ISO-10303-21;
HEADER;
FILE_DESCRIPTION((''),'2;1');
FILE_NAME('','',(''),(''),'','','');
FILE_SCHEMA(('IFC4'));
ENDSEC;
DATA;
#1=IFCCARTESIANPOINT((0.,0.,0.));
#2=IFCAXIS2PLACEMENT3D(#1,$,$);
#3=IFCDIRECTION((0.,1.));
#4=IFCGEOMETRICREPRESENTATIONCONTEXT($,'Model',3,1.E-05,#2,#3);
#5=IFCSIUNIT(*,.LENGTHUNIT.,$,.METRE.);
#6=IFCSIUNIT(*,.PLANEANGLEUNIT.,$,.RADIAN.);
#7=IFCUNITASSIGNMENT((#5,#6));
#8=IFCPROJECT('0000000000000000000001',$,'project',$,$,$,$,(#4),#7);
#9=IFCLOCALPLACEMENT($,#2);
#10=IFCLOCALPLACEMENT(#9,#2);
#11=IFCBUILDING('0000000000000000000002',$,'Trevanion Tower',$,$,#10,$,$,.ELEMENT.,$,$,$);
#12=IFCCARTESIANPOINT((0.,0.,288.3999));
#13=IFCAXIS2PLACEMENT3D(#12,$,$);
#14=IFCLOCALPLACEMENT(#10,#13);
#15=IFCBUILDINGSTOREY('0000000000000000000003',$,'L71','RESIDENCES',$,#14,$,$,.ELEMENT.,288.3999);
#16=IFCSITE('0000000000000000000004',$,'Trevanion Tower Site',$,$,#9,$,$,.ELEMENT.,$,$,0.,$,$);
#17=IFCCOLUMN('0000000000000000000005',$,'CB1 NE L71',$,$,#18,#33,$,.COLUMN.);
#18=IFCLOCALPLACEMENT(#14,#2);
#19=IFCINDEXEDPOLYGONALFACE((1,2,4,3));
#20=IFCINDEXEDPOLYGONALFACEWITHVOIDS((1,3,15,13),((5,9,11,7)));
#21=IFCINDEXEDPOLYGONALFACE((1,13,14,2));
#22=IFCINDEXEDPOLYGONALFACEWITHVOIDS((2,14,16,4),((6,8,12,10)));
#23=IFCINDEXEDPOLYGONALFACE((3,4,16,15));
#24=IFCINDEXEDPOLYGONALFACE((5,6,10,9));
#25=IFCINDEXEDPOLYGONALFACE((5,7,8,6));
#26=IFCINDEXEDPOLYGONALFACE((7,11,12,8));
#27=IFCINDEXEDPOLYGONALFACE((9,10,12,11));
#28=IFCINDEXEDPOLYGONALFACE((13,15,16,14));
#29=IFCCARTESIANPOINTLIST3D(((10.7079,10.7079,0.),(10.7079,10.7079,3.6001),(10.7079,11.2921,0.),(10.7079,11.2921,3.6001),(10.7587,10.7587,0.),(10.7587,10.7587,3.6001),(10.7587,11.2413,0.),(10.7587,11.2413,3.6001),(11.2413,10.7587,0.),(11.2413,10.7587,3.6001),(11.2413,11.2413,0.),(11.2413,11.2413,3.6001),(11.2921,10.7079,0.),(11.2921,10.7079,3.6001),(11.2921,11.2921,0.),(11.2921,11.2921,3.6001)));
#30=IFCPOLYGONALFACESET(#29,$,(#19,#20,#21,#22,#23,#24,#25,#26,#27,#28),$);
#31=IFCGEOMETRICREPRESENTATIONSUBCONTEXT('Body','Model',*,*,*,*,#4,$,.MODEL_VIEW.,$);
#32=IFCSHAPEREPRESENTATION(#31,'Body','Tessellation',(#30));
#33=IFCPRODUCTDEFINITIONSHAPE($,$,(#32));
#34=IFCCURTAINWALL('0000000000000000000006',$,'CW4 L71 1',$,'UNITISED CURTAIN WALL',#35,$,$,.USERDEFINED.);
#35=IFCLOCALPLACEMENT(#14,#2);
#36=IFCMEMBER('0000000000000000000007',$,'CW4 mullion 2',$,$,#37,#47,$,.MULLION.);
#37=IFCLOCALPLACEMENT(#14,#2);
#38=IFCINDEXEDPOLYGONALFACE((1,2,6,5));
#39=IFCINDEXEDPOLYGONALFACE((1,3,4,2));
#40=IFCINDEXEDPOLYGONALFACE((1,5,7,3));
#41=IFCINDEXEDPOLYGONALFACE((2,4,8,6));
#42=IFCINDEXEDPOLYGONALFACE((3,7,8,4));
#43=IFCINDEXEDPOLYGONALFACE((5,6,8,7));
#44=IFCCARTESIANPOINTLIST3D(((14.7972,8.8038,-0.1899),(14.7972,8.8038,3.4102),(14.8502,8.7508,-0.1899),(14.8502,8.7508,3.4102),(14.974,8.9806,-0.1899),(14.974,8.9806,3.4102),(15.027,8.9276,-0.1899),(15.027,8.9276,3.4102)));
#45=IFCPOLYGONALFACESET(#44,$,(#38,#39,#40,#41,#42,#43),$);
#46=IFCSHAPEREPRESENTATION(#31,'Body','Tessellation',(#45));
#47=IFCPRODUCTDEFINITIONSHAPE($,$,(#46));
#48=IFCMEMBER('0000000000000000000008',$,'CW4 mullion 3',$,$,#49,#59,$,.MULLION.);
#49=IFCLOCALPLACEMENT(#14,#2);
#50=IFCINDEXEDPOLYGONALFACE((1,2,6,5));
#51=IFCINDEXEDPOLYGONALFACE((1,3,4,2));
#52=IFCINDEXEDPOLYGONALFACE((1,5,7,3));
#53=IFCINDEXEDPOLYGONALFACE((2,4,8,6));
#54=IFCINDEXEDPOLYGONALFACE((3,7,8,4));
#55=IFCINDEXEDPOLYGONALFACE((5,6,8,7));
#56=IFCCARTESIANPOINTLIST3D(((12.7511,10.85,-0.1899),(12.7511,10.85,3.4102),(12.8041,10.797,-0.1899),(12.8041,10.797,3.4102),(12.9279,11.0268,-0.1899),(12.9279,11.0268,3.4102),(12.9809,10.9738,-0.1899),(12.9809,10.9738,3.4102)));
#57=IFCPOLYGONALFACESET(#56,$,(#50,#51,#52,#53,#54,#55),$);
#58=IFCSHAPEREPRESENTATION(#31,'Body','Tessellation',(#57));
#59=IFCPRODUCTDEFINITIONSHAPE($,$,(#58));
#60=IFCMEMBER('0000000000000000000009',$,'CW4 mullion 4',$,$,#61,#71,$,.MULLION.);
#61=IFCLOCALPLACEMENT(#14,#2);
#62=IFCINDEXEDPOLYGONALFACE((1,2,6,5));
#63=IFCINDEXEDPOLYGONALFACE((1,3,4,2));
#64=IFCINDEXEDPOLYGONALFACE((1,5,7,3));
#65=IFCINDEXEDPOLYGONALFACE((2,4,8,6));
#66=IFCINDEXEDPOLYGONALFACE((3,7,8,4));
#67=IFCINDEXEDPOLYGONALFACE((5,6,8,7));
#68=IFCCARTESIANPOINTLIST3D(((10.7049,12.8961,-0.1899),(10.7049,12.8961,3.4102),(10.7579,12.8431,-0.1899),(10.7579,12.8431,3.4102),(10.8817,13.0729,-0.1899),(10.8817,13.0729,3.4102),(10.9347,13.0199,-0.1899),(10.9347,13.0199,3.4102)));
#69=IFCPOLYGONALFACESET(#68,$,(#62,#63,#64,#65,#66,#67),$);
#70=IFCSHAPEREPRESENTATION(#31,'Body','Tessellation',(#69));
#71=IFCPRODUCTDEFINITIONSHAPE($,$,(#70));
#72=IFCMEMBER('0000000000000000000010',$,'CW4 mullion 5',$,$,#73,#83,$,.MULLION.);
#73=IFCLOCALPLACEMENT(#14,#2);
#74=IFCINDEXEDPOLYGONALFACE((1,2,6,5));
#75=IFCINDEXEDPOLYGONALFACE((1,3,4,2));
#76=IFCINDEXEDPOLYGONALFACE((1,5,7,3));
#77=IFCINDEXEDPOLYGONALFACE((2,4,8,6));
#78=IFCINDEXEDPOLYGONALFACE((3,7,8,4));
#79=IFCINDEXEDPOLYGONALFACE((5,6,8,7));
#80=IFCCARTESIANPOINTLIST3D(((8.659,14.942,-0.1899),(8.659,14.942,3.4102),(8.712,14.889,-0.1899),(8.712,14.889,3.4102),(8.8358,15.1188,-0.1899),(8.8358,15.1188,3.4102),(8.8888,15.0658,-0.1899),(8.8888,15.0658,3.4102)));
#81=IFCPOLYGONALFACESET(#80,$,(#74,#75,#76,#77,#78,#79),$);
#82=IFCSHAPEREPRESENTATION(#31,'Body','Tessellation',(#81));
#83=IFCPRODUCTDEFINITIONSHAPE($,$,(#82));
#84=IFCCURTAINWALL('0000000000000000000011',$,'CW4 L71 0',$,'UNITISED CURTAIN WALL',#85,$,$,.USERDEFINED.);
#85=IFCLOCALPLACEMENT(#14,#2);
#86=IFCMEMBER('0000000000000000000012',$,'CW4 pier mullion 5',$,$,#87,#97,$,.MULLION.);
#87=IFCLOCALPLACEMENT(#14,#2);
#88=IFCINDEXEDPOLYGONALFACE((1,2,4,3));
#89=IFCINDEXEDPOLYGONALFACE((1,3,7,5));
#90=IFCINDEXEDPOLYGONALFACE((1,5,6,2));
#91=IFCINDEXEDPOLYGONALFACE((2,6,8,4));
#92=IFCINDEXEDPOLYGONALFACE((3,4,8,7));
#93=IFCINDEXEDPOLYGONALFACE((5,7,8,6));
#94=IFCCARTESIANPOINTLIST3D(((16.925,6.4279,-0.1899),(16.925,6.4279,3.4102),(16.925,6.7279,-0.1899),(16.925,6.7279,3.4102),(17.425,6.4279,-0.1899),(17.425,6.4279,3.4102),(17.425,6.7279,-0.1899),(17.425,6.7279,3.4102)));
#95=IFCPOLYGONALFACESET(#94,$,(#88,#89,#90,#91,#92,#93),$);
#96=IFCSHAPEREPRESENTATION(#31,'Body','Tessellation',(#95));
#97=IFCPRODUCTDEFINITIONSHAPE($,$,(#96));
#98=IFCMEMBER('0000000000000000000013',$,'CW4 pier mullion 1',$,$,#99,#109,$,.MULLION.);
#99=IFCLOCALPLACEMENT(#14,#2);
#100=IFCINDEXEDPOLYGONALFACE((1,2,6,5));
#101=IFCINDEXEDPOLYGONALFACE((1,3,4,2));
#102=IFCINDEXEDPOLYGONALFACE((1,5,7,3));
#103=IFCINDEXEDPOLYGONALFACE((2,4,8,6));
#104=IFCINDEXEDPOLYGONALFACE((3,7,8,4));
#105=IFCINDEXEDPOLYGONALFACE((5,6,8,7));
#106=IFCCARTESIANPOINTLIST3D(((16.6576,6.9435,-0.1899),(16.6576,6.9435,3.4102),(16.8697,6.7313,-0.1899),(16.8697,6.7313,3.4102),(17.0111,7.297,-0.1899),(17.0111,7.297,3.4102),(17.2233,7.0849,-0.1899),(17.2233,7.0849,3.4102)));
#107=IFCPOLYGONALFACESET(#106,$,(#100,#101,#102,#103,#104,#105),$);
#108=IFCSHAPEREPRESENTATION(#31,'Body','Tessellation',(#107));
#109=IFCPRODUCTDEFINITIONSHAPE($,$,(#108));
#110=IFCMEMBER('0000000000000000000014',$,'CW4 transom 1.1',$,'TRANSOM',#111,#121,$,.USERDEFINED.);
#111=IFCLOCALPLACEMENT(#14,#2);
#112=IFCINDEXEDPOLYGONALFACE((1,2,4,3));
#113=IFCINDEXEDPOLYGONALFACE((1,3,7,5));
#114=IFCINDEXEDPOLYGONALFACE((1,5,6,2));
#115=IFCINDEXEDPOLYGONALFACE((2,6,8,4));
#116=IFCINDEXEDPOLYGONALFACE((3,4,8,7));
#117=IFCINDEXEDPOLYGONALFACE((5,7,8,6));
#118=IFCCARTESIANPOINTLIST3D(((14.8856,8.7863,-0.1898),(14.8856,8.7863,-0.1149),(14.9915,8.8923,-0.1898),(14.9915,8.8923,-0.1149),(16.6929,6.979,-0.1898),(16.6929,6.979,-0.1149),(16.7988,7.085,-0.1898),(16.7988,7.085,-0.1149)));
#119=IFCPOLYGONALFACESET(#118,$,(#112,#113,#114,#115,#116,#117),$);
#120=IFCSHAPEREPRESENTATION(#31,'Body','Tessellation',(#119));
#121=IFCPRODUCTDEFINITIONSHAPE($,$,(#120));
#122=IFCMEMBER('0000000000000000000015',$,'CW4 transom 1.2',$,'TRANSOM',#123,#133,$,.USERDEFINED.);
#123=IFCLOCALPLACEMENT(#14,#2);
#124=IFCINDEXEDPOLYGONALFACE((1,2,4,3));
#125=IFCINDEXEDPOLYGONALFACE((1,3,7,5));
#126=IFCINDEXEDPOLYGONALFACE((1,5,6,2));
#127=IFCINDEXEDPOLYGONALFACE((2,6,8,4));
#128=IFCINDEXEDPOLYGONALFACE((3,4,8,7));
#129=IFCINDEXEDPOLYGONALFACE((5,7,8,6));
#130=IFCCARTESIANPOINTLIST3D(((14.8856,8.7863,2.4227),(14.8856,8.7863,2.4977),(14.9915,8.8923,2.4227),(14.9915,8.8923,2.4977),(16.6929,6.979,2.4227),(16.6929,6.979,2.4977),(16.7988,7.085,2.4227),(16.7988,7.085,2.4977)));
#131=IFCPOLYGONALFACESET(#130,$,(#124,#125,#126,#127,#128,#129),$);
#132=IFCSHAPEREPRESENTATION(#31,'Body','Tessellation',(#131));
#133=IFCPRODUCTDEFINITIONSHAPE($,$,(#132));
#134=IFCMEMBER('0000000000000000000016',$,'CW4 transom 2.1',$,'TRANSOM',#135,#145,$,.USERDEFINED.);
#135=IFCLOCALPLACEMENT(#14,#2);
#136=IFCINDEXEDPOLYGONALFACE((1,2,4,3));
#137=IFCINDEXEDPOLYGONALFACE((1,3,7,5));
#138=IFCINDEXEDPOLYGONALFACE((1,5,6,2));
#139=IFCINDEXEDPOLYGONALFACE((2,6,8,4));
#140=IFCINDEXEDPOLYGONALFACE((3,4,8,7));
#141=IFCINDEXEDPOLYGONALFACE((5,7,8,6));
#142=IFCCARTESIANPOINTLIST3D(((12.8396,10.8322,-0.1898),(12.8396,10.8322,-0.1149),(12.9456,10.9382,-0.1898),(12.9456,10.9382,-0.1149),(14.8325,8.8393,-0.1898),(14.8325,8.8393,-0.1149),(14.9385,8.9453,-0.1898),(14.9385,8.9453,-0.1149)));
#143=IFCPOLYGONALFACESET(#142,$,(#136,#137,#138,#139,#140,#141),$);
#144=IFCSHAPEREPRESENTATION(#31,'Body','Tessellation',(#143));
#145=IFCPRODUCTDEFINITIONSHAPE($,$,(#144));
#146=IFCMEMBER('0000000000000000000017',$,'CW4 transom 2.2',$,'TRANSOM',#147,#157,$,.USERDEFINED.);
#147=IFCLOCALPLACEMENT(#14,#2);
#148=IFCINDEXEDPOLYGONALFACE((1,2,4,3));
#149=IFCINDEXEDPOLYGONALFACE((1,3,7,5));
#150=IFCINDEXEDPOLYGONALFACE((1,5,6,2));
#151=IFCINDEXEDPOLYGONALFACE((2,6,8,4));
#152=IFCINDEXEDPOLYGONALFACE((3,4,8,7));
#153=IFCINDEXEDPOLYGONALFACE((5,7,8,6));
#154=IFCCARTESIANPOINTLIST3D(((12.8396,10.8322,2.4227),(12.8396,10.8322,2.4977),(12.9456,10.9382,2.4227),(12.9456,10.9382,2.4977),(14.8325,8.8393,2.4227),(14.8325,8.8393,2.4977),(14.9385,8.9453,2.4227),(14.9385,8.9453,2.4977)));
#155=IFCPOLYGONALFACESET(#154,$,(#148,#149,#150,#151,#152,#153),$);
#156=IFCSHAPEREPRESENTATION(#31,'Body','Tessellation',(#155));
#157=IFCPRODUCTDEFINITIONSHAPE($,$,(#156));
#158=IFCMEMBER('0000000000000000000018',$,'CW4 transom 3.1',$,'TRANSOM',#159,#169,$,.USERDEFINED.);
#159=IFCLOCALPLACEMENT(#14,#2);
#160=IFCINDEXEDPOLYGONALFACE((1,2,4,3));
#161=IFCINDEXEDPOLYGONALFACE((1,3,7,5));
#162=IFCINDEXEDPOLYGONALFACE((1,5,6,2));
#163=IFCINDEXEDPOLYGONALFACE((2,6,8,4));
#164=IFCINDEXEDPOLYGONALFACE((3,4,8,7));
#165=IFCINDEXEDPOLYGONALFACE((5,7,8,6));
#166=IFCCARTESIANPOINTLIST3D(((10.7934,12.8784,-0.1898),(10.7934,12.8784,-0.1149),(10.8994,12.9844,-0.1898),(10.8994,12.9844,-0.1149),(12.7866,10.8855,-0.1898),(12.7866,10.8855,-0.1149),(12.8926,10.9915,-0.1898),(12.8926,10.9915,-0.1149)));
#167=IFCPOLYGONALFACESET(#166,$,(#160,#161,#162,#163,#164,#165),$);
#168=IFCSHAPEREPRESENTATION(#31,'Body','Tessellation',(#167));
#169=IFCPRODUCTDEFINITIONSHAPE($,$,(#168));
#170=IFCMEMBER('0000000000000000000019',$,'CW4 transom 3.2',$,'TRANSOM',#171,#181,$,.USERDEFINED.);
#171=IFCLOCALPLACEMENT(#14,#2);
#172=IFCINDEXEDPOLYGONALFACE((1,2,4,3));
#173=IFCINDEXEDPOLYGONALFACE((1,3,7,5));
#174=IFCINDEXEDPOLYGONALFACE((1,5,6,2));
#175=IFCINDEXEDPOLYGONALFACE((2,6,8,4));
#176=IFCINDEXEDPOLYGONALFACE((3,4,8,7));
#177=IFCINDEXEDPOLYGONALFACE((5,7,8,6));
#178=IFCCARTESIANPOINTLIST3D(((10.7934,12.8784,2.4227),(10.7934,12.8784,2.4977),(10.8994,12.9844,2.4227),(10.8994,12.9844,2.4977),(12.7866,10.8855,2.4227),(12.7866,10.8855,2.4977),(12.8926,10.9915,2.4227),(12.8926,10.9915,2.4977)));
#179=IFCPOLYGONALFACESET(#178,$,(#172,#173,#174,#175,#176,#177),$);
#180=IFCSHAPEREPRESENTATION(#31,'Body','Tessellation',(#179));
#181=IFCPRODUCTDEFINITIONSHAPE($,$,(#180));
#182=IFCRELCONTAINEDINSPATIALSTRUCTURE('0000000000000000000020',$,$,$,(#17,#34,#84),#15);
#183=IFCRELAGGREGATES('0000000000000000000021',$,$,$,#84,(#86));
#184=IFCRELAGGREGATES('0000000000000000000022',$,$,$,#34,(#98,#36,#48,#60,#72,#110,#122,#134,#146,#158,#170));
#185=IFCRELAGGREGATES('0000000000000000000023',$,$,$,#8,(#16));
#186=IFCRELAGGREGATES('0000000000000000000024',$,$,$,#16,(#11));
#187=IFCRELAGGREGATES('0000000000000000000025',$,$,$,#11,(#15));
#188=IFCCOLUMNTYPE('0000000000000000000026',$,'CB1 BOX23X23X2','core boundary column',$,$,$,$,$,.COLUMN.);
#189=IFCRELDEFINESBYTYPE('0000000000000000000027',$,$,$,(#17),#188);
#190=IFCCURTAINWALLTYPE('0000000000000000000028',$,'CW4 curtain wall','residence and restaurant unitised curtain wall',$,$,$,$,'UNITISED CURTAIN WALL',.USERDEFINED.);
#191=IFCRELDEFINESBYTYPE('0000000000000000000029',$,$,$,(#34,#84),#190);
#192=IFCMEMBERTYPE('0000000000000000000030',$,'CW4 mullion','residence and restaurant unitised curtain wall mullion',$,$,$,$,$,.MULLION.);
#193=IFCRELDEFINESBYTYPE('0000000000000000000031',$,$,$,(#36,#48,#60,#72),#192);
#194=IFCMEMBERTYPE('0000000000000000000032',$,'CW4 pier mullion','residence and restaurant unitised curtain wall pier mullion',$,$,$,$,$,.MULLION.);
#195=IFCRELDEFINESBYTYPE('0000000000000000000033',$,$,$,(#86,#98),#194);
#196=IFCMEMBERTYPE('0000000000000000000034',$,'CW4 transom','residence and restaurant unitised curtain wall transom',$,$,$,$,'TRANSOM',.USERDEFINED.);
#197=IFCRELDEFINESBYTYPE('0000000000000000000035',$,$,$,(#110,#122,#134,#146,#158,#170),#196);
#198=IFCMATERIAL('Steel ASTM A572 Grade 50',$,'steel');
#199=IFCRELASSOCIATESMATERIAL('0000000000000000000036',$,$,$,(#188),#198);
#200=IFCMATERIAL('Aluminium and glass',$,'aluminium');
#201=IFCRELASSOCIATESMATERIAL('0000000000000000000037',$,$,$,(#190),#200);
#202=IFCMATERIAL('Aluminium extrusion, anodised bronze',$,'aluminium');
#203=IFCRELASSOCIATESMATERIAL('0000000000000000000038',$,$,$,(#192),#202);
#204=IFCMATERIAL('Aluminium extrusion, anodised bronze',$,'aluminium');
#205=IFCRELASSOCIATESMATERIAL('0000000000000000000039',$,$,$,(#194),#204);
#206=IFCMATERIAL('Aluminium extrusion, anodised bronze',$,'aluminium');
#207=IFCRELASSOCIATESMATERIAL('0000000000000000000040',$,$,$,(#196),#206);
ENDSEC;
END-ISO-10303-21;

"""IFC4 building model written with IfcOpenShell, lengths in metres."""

from ifc_helpers import new_model, si_unit, direction, frame, origin, origin_2d, place, context, subcontext, project, spatial, rectangle, hollow_rectangle, extrude, material, material_profile, profile_set, type_object, element, aggregate, save


model = new_model("IFC4")

# Units and contexts
model_context = context("Model", 3, precision=1e-05, world=origin(), true_north=direction((0.0, 1.0)))
body_context = subcontext(model_context, "Body", "Model", "MODEL_VIEW")
ifc_project = project(units=[si_unit("LENGTHUNIT", "METRE"), si_unit("PLANEANGLEUNIT", "RADIAN")], contexts=[model_context])

# Site, building, storey
site_placement = place(None, origin())
site = spatial("IfcSite", under=ifc_project, at=site_placement, Name="Trevanion Tower Site", CompositionType="ELEMENT", RefElevation=0.0)
building_placement = place(site_placement, origin())
building = spatial("IfcBuilding", under=site, at=building_placement, Name="Trevanion Tower", CompositionType="ELEMENT")
storey_placement = place(building_placement, frame((0.0, 0.0, 288.3999)))
storey = spatial("IfcBuildingStorey", under=building, at=storey_placement, Name="L71", Description="RESIDENCES", CompositionType="ELEMENT", Elevation=288.3999)

# Column
ifc_material_1 = material(Name="Steel ASTM A572 Grade 50", Category="steel")
ifc_material_profile_1 = material_profile(ifc_material_1, hollow_rectangle(XDim=0.5842, YDim=0.5842, WallThickness=0.0508, at=origin_2d()), Name="BOX23X23X2")
ifc_profile_set_1 = profile_set([ifc_material_profile_1], Name="Steel ASTM A572 Grade 50")
column_type = type_object("IfcColumnType", Name="CB1 BOX23X23X2", Description="core boundary column", PredefinedType="COLUMN", material=ifc_profile_set_1)
column_placement = place(storey_placement, frame((11.0, 11.0, 0.0), z_axis=(0.0, 0.0, 1.0), x_axis=(1.0, 0.0, 0.0)))
element("IfcColumn", 1, at=column_placement, inside=storey, type_object=column_type, Name="CB1 NE L71", PredefinedType="COLUMN", context=body_context, shape_type="SweptSolid", body=[
    extrude(hollow_rectangle(XDim=0.5842, YDim=0.5842, WallThickness=0.0508, at=origin_2d()), origin(), (0.0, 0.0, 1.0), 3.6001),
])

# Curtain wall, members
ifc_material_2 = material(Name="Aluminium and glass", Category="aluminium")
curtain_wall_type = type_object("IfcCurtainWallType", Name="CW4 curtain wall", Description="residence and restaurant unitised curtain wall", ElementType="UNITISED CURTAIN WALL", PredefinedType="USERDEFINED", material=ifc_material_2)
curtain_wall_1_placement = place(storey_placement, origin())
curtain_wall_1 = element("IfcCurtainWall", 2, at=curtain_wall_1_placement, inside=storey, type_object=curtain_wall_type, Name="CW4 L71 1", ObjectType="UNITISED CURTAIN WALL", PredefinedType="USERDEFINED")
ifc_material_3 = material(Name="Aluminium extrusion, anodised bronze", Category="aluminium")
ifc_material_profile_2 = material_profile(ifc_material_3, rectangle(XDim=0.075, YDim=0.25, at=origin_2d()), Name="CW4 mullion")
ifc_profile_set_2 = profile_set([ifc_material_profile_2], Name="Aluminium extrusion, anodised bronze")
member_type_1 = type_object("IfcMemberType", Name="CW4 mullion", Description="residence and restaurant unitised curtain wall mullion", PredefinedType="MULLION", material=ifc_profile_set_2)
member_1_placement = place(storey_placement, frame((14.9121, 8.8657, -0.1899), z_axis=(0.0, 0.0, 1.0), x_axis=(-0.707107, 0.707107, 0.0)))
member_1 = element("IfcMember", 3, at=member_1_placement, type_object=member_type_1, Name="CW4 mullion 2", PredefinedType="MULLION", context=body_context, shape_type="SweptSolid", body=[
    extrude(rectangle(XDim=0.075, YDim=0.25, at=origin_2d()), origin(), (0.0, 0.0, 1.0), 3.6001),
])
member_2_placement = place(storey_placement, frame((12.866, 10.9119, -0.1899), z_axis=(0.0, 0.0, 1.0), x_axis=(-0.707107, 0.707107, 0.0)))
member_2 = element("IfcMember", 4, at=member_2_placement, type_object=member_type_1, Name="CW4 mullion 3", PredefinedType="MULLION", context=body_context, shape_type="SweptSolid", body=[
    extrude(rectangle(XDim=0.075, YDim=0.25, at=origin_2d()), origin(), (0.0, 0.0, 1.0), 3.6001),
])
member_3_placement = place(storey_placement, frame((10.8198, 12.958, -0.1899), z_axis=(0.0, 0.0, 1.0), x_axis=(-0.707107, 0.707107, 0.0)))
member_3 = element("IfcMember", 5, at=member_3_placement, type_object=member_type_1, Name="CW4 mullion 4", PredefinedType="MULLION", context=body_context, shape_type="SweptSolid", body=[
    extrude(rectangle(XDim=0.075, YDim=0.25, at=origin_2d()), origin(), (0.0, 0.0, 1.0), 3.6001),
])
member_4_placement = place(storey_placement, frame((8.7739, 15.0039, -0.1899), z_axis=(0.0, 0.0, 1.0), x_axis=(-0.707107, 0.707107, 0.0)))
member_4 = element("IfcMember", 6, at=member_4_placement, type_object=member_type_1, Name="CW4 mullion 5", PredefinedType="MULLION", context=body_context, shape_type="SweptSolid", body=[
    extrude(rectangle(XDim=0.075, YDim=0.25, at=origin_2d()), origin(), (0.0, 0.0, 1.0), 3.6001),
])

# Curtain wall, member
curtain_wall_2_placement = place(storey_placement, origin())
curtain_wall_2 = element("IfcCurtainWall", 7, at=curtain_wall_2_placement, inside=storey, type_object=curtain_wall_type, Name="CW4 L71 0", ObjectType="UNITISED CURTAIN WALL", PredefinedType="USERDEFINED")
ifc_material_4 = material(Name="Aluminium extrusion, anodised bronze", Category="aluminium")
ifc_material_profile_3 = material_profile(ifc_material_4, rectangle(XDim=0.3, YDim=0.5, at=origin_2d()), Name="CW4 pier mullion")
ifc_profile_set_3 = profile_set([ifc_material_profile_3], Name="Aluminium extrusion, anodised bronze")
member_type_2 = type_object("IfcMemberType", Name="CW4 pier mullion", Description="residence and restaurant unitised curtain wall pier mullion", PredefinedType="MULLION", material=ifc_profile_set_3)
member_5_placement = place(storey_placement, frame((17.175, 6.5779, -0.1899), z_axis=(0.0, 0.0, 1.0), x_axis=(0.0, 1.0, 0.0)))
member_5 = element("IfcMember", 8, at=member_5_placement, type_object=member_type_2, Name="CW4 pier mullion 5", PredefinedType="MULLION", context=body_context, shape_type="SweptSolid", body=[
    extrude(rectangle(XDim=0.3, YDim=0.5, at=origin_2d()), origin(), (0.0, 0.0, 1.0), 3.6001),
])
aggregate(curtain_wall_2, [member_5])

# Members
member_6_placement = place(storey_placement, frame((16.9404, 7.0142, -0.1899), z_axis=(0.0, 0.0, 1.0), x_axis=(-0.707107, 0.707107, 0.0)))
member_6 = element("IfcMember", 9, at=member_6_placement, type_object=member_type_2, Name="CW4 pier mullion 1", PredefinedType="MULLION", context=body_context, shape_type="SweptSolid", body=[
    extrude(rectangle(XDim=0.3, YDim=0.5, at=origin_2d()), origin(), (0.0, 0.0, 1.0), 3.6001),
])
ifc_material_5 = material(Name="Aluminium extrusion, anodised bronze", Category="aluminium")
ifc_material_profile_4 = material_profile(ifc_material_5, rectangle(XDim=0.1499, YDim=0.075, at=origin_2d()), Name="CW4 transom")
ifc_profile_set_4 = profile_set([ifc_material_profile_4], Name="Aluminium extrusion, anodised bronze")
member_type_3 = type_object("IfcMemberType", Name="CW4 transom", Description="residence and restaurant unitised curtain wall transom", ElementType="TRANSOM", PredefinedType="USERDEFINED", material=ifc_profile_set_4)
member_7_placement = place(storey_placement, frame((16.7458, 7.032, -0.1523), z_axis=(-0.707107, 0.707107, 0.0), x_axis=(-0.707107, -0.707107, 0.0)))
member_7 = element("IfcMember", 10, at=member_7_placement, type_object=member_type_3, Name="CW4 transom 1.1", ObjectType="TRANSOM", PredefinedType="USERDEFINED", context=body_context, shape_type="SweptSolid", body=[
    extrude(rectangle(XDim=0.1499, YDim=0.075, at=origin_2d()), origin(), (0.0, 0.0, 1.0), 2.5559),
])
member_8_placement = place(storey_placement, frame((16.7458, 7.032, 2.4602), z_axis=(-0.707107, 0.707107, 0.0), x_axis=(-0.707107, -0.707107, 0.0)))
member_8 = element("IfcMember", 11, at=member_8_placement, type_object=member_type_3, Name="CW4 transom 1.2", ObjectType="TRANSOM", PredefinedType="USERDEFINED", context=body_context, shape_type="SweptSolid", body=[
    extrude(rectangle(XDim=0.1499, YDim=0.075, at=origin_2d()), origin(), (0.0, 0.0, 1.0), 2.5559),
])
member_9_placement = place(storey_placement, frame((14.8855, 8.8923, -0.1523), z_axis=(-0.707107, 0.707107, 0.0), x_axis=(-0.707107, -0.707107, 0.0)))
member_9 = element("IfcMember", 12, at=member_9_placement, type_object=member_type_3, Name="CW4 transom 2.1", ObjectType="TRANSOM", PredefinedType="USERDEFINED", context=body_context, shape_type="SweptSolid", body=[
    extrude(rectangle(XDim=0.1499, YDim=0.075, at=origin_2d()), origin(), (0.0, 0.0, 1.0), 2.8184),
])
member_10_placement = place(storey_placement, frame((14.8855, 8.8923, 2.4602), z_axis=(-0.707107, 0.707107, 0.0), x_axis=(-0.707107, -0.707107, 0.0)))
member_10 = element("IfcMember", 13, at=member_10_placement, type_object=member_type_3, Name="CW4 transom 2.2", ObjectType="TRANSOM", PredefinedType="USERDEFINED", context=body_context, shape_type="SweptSolid", body=[
    extrude(rectangle(XDim=0.1499, YDim=0.075, at=origin_2d()), origin(), (0.0, 0.0, 1.0), 2.8184),
])
member_11_placement = place(storey_placement, frame((12.8396, 10.9385, -0.1523), z_axis=(-0.70715, 0.707063, 0.0), x_axis=(-0.707063, -0.70715, 0.0)))
member_11 = element("IfcMember", 14, at=member_11_placement, type_object=member_type_3, Name="CW4 transom 3.1", ObjectType="TRANSOM", PredefinedType="USERDEFINED", context=body_context, shape_type="SweptSolid", body=[
    extrude(rectangle(XDim=0.1499, YDim=0.075, at=origin_2d()), origin(), (0.0, 0.0, 1.0), 2.8186),
])
member_12_placement = place(storey_placement, frame((12.8396, 10.9385, 2.4602), z_axis=(-0.70715, 0.707063, 0.0), x_axis=(-0.707063, -0.70715, 0.0)))
member_12 = element("IfcMember", 15, at=member_12_placement, type_object=member_type_3, Name="CW4 transom 3.2", ObjectType="TRANSOM", PredefinedType="USERDEFINED", context=body_context, shape_type="SweptSolid", body=[
    extrude(rectangle(XDim=0.1499, YDim=0.075, at=origin_2d()), origin(), (0.0, 0.0, 1.0), 2.8186),
])

aggregate(curtain_wall_1, [member_6, member_1, member_2, member_3, member_4, member_7, member_8, member_9, member_10, member_11, member_12])

save(model, "model.ifc")
